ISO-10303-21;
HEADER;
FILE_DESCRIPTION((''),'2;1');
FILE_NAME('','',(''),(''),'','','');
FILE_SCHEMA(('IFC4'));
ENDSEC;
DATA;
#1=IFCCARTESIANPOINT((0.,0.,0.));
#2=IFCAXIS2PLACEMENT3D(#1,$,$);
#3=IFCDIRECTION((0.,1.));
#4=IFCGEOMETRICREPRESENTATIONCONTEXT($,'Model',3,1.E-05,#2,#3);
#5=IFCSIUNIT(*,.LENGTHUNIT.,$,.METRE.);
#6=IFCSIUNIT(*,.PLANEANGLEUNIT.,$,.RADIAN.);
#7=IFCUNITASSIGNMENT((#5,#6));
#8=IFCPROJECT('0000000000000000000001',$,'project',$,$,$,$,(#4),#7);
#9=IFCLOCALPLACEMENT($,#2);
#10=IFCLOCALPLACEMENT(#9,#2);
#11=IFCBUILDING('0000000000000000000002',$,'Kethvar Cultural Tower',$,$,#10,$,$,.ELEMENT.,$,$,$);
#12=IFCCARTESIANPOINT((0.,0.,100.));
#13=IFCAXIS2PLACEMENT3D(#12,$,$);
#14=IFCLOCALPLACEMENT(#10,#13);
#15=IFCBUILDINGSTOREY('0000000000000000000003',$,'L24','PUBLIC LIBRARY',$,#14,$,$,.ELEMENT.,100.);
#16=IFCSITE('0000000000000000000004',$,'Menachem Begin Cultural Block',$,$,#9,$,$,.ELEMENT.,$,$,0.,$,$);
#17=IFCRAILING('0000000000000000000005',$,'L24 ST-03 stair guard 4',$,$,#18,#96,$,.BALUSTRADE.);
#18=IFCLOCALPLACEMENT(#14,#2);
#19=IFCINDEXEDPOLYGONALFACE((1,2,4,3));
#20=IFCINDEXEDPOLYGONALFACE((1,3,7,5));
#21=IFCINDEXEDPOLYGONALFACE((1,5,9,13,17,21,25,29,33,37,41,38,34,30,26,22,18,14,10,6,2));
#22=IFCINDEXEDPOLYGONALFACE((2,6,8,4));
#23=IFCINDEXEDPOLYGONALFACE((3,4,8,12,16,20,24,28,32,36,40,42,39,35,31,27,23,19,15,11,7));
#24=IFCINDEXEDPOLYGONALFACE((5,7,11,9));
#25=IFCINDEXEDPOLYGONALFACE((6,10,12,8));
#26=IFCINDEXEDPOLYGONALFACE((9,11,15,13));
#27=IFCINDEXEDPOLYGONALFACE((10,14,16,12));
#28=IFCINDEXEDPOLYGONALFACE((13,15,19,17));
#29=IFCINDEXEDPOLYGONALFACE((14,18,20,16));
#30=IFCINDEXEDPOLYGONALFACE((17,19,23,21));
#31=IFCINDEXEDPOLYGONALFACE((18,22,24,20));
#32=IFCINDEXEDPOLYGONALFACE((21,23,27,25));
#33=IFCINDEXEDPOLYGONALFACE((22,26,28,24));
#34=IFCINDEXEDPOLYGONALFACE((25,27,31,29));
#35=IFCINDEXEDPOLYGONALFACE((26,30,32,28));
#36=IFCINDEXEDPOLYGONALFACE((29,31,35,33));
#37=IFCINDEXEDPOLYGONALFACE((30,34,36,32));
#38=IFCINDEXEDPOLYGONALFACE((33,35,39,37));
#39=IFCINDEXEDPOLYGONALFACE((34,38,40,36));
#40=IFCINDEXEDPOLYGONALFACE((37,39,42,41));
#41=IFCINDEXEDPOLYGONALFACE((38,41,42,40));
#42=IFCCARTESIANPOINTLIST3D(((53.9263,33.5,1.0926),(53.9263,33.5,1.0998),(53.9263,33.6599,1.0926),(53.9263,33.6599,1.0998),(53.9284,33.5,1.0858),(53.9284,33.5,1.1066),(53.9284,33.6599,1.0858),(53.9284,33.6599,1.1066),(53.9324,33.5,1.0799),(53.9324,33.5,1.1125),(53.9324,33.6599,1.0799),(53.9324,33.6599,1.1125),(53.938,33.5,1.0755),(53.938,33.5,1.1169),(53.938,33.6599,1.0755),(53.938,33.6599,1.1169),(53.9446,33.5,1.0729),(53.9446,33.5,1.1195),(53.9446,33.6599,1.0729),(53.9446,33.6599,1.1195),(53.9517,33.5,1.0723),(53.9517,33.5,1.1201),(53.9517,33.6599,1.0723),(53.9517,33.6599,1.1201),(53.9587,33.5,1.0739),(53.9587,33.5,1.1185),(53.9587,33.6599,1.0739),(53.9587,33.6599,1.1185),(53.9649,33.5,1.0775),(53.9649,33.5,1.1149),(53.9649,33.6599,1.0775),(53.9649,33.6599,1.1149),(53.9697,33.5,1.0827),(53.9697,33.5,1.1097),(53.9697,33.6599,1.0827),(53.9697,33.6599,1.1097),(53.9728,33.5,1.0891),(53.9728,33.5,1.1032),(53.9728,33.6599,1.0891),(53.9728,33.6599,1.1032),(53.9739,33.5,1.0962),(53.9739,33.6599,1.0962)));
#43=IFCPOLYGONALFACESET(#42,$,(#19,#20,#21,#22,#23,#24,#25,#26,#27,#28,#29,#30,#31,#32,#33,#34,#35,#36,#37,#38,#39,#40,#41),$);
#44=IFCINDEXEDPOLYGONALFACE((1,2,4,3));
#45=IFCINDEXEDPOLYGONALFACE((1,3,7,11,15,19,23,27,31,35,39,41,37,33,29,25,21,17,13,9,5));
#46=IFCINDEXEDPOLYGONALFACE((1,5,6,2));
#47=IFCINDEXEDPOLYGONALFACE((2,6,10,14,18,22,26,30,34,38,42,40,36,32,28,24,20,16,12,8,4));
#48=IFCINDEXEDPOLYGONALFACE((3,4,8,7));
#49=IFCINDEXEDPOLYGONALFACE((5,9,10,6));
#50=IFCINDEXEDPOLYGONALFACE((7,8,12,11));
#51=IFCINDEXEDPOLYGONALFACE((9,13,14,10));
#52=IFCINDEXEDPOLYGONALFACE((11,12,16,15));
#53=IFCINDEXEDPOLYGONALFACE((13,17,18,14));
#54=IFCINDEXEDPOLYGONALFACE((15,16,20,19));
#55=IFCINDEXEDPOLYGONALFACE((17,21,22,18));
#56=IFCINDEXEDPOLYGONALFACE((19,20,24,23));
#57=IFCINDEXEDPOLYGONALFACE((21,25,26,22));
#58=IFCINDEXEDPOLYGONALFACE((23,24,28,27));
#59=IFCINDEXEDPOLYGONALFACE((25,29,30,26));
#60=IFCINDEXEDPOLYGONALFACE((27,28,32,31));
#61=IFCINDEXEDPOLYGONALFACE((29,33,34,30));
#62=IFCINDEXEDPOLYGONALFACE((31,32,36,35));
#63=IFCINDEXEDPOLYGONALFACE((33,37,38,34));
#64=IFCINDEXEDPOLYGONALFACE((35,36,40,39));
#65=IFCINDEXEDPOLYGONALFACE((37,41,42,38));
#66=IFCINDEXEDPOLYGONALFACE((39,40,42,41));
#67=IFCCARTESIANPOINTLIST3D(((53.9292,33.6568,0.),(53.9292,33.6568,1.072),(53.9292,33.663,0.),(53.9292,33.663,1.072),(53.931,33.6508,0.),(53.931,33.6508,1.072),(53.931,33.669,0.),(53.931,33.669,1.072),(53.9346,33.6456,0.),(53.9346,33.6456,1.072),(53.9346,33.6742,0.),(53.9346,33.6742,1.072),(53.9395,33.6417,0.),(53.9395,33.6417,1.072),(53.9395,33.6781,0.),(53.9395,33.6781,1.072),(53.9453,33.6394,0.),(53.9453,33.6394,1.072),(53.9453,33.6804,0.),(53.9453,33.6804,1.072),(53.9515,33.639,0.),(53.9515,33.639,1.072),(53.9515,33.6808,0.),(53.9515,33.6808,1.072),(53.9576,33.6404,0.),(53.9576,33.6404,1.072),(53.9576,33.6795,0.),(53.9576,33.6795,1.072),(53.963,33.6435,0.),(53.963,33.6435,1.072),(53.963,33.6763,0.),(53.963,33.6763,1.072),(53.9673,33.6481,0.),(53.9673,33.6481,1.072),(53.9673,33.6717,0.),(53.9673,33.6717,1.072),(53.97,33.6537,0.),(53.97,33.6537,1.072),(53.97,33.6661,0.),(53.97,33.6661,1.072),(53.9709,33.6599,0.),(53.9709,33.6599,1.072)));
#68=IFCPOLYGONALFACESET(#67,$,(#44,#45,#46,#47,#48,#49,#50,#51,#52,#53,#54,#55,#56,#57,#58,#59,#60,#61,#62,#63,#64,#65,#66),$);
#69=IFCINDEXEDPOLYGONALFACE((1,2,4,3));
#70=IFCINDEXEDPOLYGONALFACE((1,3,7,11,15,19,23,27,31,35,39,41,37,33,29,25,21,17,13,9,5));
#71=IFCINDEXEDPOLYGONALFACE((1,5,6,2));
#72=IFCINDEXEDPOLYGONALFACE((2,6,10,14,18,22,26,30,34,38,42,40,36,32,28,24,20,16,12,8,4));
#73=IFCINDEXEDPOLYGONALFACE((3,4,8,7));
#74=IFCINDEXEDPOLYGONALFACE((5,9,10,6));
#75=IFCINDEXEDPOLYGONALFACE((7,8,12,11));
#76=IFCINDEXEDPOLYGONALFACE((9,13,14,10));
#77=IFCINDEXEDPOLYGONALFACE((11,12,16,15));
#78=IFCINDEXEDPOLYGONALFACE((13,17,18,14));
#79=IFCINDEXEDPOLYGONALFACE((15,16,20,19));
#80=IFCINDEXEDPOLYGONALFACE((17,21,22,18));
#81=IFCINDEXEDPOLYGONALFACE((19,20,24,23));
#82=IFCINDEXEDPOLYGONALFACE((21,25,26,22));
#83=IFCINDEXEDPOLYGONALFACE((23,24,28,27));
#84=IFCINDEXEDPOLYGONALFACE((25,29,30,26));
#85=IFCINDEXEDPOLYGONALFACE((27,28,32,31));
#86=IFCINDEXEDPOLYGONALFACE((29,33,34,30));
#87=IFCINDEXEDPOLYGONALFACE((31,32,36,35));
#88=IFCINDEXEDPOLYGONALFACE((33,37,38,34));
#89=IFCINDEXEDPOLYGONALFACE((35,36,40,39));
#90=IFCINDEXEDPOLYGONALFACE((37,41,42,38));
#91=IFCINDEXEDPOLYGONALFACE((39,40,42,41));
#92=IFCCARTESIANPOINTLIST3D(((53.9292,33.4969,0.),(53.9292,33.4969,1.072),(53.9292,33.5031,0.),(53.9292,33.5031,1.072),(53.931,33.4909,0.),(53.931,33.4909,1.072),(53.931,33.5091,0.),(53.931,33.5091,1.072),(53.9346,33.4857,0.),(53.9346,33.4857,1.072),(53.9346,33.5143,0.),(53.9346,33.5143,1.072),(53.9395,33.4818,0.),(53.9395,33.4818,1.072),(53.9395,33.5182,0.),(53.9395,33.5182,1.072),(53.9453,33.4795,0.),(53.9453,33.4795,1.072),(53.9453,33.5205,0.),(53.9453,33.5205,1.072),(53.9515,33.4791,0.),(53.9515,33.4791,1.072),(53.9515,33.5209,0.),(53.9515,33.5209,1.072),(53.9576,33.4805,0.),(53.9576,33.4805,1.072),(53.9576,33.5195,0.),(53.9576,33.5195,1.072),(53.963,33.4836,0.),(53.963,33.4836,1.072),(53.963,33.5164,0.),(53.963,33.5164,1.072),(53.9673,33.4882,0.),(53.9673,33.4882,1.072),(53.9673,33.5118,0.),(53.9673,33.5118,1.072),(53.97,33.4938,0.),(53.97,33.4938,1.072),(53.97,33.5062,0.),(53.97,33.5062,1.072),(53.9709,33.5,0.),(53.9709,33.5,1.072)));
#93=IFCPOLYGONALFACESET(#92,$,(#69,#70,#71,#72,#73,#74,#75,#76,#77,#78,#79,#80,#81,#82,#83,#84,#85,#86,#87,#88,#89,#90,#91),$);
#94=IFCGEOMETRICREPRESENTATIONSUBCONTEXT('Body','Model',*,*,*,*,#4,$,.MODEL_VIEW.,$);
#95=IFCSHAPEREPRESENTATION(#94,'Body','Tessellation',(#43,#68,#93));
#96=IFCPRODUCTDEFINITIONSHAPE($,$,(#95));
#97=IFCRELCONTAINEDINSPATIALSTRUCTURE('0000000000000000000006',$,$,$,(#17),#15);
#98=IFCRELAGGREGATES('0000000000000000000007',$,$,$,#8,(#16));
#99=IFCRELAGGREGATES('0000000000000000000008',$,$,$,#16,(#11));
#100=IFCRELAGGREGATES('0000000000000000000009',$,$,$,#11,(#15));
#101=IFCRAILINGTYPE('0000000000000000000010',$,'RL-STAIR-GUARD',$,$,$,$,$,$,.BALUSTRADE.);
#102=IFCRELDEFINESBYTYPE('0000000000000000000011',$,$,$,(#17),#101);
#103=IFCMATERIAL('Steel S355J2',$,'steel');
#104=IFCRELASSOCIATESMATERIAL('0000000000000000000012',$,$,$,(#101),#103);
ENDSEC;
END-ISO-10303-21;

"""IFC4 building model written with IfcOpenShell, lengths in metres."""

from ifc_helpers import new_model, si_unit, direction, frame, origin, origin_2d, place, context, subcontext, project, spatial, circle, extrude, material, type_object, element, save


model = new_model("IFC4")

# Units and contexts
model_context = context("Model", 3, precision=1e-05, world=origin(), true_north=direction((0.0, 1.0)))
body_context = subcontext(model_context, "Body", "Model", "MODEL_VIEW")
ifc_project = project(units=[si_unit("LENGTHUNIT", "METRE"), si_unit("PLANEANGLEUNIT", "RADIAN")], contexts=[model_context])

# Site, building, storey
site_placement = place(None, origin())
site = spatial("IfcSite", under=ifc_project, at=site_placement, Name="Menachem Begin Cultural Block", CompositionType="ELEMENT", RefElevation=0.0)
building_placement = place(site_placement, origin())
building = spatial("IfcBuilding", under=site, at=building_placement, Name="Kethvar Cultural Tower", CompositionType="ELEMENT")
storey_placement = place(building_placement, frame((0.0, 0.0, 100.0)))
storey = spatial("IfcBuildingStorey", under=building, at=storey_placement, Name="L24", Description="PUBLIC LIBRARY", CompositionType="ELEMENT", Elevation=100.0)

# Shared definitions
ifc_material_1 = material(Name="Steel S355J2", Category="steel")

# Railing
railing_type_1 = type_object("IfcRailingType", Name="RL-STAIR-GUARD", PredefinedType="BALUSTRADE", material=ifc_material_1)
railing_1_placement = place(storey_placement, frame((53.95, 33.6599, 0.0)))
element("IfcRailing", 1, at=railing_1_placement, inside=storey, type_object=railing_type_1, Name="L24 ST-03 stair guard 4", PredefinedType="BALUSTRADE", context=body_context, shape_type="SweptSolid", body=[
    extrude(circle(Radius=0.0239, at=origin_2d()), frame((0.0, 0.0, 1.0962), z_axis=(0.0, -1.0, 0.0), x_axis=(1.0, 0.0, 0.0)), (0.0, 0.0, 1.0), 0.1599),
    extrude(circle(Radius=0.021, at=origin_2d()), origin(), (0.0, 0.0, 1.0), 1.072),
    extrude(circle(Radius=0.021, at=origin_2d()), frame((0.0, -0.1599, 0.0)), (0.0, 0.0, 1.0), 1.072),
])

save(model, "model.ifc")
